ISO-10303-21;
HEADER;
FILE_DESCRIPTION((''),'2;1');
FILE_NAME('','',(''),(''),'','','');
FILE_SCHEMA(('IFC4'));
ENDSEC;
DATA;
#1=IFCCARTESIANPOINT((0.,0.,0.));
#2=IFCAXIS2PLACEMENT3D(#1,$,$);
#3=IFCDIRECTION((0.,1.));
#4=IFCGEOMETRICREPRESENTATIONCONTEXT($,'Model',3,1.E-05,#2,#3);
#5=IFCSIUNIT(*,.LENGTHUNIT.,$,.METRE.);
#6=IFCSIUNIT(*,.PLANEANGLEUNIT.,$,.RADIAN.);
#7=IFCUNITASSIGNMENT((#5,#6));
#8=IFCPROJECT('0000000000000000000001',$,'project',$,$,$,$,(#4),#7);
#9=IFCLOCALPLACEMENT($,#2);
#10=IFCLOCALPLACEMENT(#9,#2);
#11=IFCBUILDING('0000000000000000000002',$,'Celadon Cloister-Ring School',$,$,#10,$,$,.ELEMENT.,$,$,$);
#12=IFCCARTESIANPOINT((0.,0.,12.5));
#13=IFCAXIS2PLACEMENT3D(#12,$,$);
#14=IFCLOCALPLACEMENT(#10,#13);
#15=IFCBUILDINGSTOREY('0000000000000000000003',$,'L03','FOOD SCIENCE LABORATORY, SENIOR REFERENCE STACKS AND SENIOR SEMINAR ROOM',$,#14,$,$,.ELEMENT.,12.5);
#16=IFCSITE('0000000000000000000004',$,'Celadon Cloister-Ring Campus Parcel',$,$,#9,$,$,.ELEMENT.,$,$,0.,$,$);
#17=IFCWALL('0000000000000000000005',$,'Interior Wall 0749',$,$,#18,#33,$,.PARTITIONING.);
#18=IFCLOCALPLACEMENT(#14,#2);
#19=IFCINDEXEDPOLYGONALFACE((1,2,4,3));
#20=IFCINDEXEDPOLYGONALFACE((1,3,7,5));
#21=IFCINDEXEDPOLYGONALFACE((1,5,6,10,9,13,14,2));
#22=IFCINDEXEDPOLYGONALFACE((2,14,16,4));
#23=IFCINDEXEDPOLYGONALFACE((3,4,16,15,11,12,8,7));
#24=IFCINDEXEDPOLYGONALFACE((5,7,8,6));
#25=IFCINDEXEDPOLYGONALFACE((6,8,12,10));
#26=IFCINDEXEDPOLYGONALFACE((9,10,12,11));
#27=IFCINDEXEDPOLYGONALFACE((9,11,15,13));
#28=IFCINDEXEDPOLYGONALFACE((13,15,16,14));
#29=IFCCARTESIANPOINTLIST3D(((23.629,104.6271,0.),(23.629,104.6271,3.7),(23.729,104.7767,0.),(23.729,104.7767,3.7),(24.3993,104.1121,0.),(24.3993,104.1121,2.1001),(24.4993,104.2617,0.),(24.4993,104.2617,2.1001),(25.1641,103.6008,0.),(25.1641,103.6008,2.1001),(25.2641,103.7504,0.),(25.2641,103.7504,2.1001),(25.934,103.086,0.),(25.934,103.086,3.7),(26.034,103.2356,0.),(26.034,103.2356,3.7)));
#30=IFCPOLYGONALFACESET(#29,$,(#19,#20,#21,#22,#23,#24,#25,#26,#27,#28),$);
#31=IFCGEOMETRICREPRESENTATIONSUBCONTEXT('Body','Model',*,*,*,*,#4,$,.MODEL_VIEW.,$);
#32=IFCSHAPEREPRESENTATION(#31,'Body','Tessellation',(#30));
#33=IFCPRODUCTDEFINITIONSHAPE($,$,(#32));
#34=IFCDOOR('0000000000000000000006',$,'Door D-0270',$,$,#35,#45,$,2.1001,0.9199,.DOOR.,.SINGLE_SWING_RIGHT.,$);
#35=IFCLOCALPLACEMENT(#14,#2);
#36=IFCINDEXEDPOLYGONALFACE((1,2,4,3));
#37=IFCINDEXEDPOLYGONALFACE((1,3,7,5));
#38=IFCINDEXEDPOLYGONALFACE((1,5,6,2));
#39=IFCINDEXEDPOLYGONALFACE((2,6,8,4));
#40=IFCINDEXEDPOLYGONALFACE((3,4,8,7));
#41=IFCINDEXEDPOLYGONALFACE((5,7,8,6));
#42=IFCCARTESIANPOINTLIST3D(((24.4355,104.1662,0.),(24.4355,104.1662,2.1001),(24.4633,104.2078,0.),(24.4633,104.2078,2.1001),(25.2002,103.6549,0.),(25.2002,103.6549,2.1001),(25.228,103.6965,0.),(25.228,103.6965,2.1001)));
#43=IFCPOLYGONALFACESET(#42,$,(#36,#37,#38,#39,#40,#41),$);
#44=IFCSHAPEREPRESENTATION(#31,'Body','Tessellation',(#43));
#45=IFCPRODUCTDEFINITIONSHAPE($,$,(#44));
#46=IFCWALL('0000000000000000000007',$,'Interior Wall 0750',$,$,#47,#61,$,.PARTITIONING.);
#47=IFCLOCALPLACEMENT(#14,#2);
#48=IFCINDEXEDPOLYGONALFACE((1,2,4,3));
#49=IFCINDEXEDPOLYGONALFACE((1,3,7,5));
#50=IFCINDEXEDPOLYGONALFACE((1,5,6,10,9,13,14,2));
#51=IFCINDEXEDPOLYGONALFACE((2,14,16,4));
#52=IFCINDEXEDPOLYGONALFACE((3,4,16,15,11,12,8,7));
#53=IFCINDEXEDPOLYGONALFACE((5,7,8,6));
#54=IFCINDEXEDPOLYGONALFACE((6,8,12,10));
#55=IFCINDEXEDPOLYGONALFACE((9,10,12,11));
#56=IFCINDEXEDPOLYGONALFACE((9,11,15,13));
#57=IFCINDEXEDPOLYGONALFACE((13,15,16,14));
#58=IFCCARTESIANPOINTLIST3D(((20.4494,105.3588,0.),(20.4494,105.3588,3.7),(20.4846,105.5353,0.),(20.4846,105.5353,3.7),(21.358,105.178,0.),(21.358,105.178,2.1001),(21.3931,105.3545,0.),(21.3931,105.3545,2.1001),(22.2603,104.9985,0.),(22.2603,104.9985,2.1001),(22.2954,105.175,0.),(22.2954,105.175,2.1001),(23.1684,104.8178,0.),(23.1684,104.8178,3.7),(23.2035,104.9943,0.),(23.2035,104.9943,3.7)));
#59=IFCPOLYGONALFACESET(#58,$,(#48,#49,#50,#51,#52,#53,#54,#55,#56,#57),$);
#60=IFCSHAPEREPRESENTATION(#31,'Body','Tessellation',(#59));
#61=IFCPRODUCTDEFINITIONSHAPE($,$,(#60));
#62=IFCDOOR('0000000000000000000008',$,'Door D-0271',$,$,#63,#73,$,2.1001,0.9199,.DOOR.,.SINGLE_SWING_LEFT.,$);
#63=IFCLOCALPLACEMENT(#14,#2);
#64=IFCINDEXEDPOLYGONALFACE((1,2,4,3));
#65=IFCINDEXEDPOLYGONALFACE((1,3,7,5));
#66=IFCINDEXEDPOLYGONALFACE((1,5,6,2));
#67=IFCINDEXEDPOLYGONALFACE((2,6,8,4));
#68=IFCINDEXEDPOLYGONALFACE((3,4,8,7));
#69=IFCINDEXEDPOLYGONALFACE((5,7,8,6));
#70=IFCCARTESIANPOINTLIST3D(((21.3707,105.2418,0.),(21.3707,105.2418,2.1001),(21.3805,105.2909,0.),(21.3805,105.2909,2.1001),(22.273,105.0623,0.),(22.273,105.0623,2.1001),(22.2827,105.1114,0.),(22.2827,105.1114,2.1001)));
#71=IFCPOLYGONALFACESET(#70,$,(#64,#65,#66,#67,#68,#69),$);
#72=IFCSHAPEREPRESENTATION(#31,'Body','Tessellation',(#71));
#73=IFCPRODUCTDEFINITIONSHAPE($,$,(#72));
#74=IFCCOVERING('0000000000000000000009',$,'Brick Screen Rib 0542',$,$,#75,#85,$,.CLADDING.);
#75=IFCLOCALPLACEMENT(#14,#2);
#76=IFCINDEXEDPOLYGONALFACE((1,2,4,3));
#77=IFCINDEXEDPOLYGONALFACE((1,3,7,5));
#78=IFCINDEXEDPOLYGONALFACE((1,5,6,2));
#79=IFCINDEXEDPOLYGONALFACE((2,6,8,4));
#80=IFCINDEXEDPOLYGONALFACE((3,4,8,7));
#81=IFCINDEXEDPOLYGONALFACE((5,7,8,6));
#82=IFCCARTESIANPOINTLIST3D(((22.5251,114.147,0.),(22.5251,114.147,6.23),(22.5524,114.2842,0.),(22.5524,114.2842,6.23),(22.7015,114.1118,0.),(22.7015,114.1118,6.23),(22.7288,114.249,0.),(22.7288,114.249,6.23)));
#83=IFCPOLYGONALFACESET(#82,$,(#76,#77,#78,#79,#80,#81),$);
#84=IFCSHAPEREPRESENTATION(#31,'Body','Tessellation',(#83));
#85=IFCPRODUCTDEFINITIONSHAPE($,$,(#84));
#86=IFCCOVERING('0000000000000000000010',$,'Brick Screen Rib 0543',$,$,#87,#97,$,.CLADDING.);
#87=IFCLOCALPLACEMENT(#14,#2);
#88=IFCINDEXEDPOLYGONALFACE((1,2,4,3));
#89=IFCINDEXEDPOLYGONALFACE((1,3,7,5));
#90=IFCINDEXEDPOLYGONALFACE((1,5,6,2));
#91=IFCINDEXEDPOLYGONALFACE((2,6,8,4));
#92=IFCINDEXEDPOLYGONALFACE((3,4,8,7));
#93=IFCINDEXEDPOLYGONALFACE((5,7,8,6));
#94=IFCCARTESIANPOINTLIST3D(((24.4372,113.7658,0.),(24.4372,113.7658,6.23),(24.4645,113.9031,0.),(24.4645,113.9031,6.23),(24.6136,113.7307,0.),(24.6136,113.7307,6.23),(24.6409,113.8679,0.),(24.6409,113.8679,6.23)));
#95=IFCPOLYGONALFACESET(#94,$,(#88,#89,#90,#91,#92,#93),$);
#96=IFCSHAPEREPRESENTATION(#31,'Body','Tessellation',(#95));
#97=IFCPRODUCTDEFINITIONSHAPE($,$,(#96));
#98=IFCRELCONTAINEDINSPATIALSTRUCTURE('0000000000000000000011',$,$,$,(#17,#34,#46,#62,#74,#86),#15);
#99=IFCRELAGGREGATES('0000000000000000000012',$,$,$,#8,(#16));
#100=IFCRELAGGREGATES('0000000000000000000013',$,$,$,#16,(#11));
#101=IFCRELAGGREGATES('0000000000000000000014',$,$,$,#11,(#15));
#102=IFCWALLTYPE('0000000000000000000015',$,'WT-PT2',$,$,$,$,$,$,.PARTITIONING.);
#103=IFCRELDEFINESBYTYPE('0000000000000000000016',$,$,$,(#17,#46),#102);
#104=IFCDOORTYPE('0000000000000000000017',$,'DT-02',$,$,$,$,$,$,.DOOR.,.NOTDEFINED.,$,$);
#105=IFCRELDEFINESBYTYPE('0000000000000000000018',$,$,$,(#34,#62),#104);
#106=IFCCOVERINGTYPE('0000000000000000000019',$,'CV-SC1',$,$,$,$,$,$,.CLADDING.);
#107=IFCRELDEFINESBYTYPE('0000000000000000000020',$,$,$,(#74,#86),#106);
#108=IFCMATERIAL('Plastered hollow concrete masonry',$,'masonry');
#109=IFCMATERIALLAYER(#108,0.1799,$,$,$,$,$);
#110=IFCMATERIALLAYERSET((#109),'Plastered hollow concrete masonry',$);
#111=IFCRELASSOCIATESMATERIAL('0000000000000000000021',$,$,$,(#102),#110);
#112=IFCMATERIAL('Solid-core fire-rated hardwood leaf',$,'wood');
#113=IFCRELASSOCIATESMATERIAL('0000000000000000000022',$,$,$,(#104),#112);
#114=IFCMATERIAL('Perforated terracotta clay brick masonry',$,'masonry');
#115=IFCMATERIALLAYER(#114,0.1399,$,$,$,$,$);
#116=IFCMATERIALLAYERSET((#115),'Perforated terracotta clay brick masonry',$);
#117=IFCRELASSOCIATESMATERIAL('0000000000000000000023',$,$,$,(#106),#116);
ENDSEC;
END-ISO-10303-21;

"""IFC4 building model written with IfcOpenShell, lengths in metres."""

from ifc_helpers import new_model, si_unit, direction, frame, frame_2d, origin, origin_2d, place, context, subcontext, project, spatial, rectangle, extrude, material, layer, layer_set, type_object, element, fill, save


model = new_model("IFC4")

# Units and contexts
model_context = context("Model", 3, precision=1e-05, world=origin(), true_north=direction((0.0, 1.0)))
body_context = subcontext(model_context, "Body", "Model", "MODEL_VIEW")
ifc_project = project(units=[si_unit("LENGTHUNIT", "METRE"), si_unit("PLANEANGLEUNIT", "RADIAN")], contexts=[model_context])

# Site, building, storey
site_placement = place(None, origin())
site = spatial("IfcSite", under=ifc_project, at=site_placement, Name="Celadon Cloister-Ring Campus Parcel", CompositionType="ELEMENT", RefElevation=0.0)
building_placement = place(site_placement, origin())
building = spatial("IfcBuilding", under=site, at=building_placement, Name="Celadon Cloister-Ring School", CompositionType="ELEMENT")
storey_placement = place(building_placement, frame((0.0, 0.0, 12.5)))
storey = spatial("IfcBuildingStorey", under=building, at=storey_placement, Name="L03", Description="FOOD SCIENCE LABORATORY, SENIOR REFERENCE STACKS AND SENIOR SEMINAR ROOM", CompositionType="ELEMENT", Elevation=12.5)

# Walls, openings, doors
ifc_material_1 = material(Name="Plastered hollow concrete masonry", Category="masonry")
ifc_layer_1 = layer(ifc_material_1, 0.1799)
ifc_layer_set_1 = layer_set([ifc_layer_1], Name="Plastered hollow concrete masonry")
wall_type_1 = type_object("IfcWallType", Name="WT-PT2", PredefinedType="PARTITIONING", material=ifc_layer_set_1)
wall_1_placement = place(storey_placement, frame((25.9839, 103.1609, 0.0), z_axis=(0.0, 0.0, 1.0), x_axis=(-0.831318, 0.555797, 0.0)))
wall_1 = element("IfcWall", 1, at=wall_1_placement, inside=storey, type_object=wall_type_1, Name="Interior Wall 0749", PredefinedType="PARTITIONING", context=body_context, shape_type="SweptSolid", body=[
    extrude(rectangle(XDim=2.7727, YDim=0.1799, at=frame_2d((1.3862, 0.0))), origin(), (0.0, 0.0, 1.0), 3.7),
])
opening_1_placement = place(wall_1_placement, frame((0.926, 0.0, 0.0)))
opening_1 = element("IfcOpeningElement", 2, at=opening_1_placement, cuts=wall_1, PredefinedType="OPENING", context=body_context, shape_type="SweptSolid", body=[
    extrude(rectangle(XDim=0.9199, YDim=2.1001, at=frame_2d((0.46, 1.05))), frame((0.0, 0.1001, 0.0), z_axis=(0.0, -1.0, 0.0), x_axis=(1.0, 0.0, 0.0)), (0.0, 0.0, 1.0), 0.2),
])
ifc_material_2 = material(Name="Solid-core fire-rated hardwood leaf", Category="wood")
door_type = type_object("IfcDoorType", Name="DT-02", OperationType="NOTDEFINED", PredefinedType="DOOR", material=ifc_material_2)
door_1_placement = place(opening_1_placement, origin())
door_1 = element("IfcDoor", 3, at=door_1_placement, inside=storey, type_object=door_type, Name="Door D-0270", OperationType="SINGLE_SWING_RIGHT", OverallHeight=2.1001, OverallWidth=0.9199, PredefinedType="DOOR", context=body_context, shape_type="SweptSolid", body=[
    extrude(rectangle(XDim=0.9199, YDim=2.1001, at=frame_2d((0.46, 1.05))), frame((0.0, 0.0249, 0.0), z_axis=(0.0, -1.0, 0.0), x_axis=(1.0, 0.0, 0.0)), (0.0, 0.0, 1.0), 0.05),
])
fill(opening_1, door_1)
wall_2_placement = place(storey_placement, frame((23.186, 104.906, 0.0), z_axis=(0.0, 0.0, 1.0), x_axis=(-0.980773, 0.195151, 0.0)))
wall_2 = element("IfcWall", 4, at=wall_2_placement, inside=storey, type_object=wall_type_1, Name="Interior Wall 0750", PredefinedType="PARTITIONING", context=body_context, shape_type="SweptSolid", body=[
    extrude(rectangle(XDim=2.7722, YDim=0.1799, at=frame_2d((1.3862, 0.0))), origin(), (0.0, 0.0, 1.0), 3.7),
])
opening_2_placement = place(wall_2_placement, frame((0.926, 0.0, 0.0)))
opening_2 = element("IfcOpeningElement", 5, at=opening_2_placement, cuts=wall_2, PredefinedType="OPENING", context=body_context, shape_type="SweptSolid", body=[
    extrude(rectangle(XDim=0.9199, YDim=2.1001, at=frame_2d((0.46, 1.05))), frame((0.0, 0.1001, 0.0), z_axis=(0.0, -1.0, 0.0), x_axis=(1.0, 0.0, 0.0)), (0.0, 0.0, 1.0), 0.2),
])
door_2_placement = place(opening_2_placement, origin())
door_2 = element("IfcDoor", 6, at=door_2_placement, inside=storey, type_object=door_type, Name="Door D-0271", OperationType="SINGLE_SWING_LEFT", OverallHeight=2.1001, OverallWidth=0.9199, PredefinedType="DOOR", context=body_context, shape_type="SweptSolid", body=[
    extrude(rectangle(XDim=0.9199, YDim=2.1001, at=frame_2d((0.46, 1.05))), frame((0.0, 0.0249, 0.0), z_axis=(0.0, -1.0, 0.0), x_axis=(1.0, 0.0, 0.0)), (0.0, 0.0, 1.0), 0.05),
])
fill(opening_2, door_2)

# Coverings
ifc_material_3 = material(Name="Perforated terracotta clay brick masonry", Category="masonry")
ifc_layer_2 = layer(ifc_material_3, 0.1399)
ifc_layer_set_2 = layer_set([ifc_layer_2], Name="Perforated terracotta clay brick masonry")
covering_type = type_object("IfcCoveringType", Name="CV-SC1", PredefinedType="CLADDING", material=ifc_layer_set_2)
for number, where, z_axis, x_axis, name in (
    (7, (22.627, 114.198, 0.0), (0.0, 0.0, 1.0), (0.980775, -0.195142, 0.0), "Brick Screen Rib 0542"),
    (8, (24.5391, 113.8169, 0.0), (0.0, 0.0, 1.0), (0.980775, -0.195142, 0.0), "Brick Screen Rib 0543"),
):
    element("IfcCovering", number, at=place(storey_placement, frame(where, z_axis=z_axis, x_axis=x_axis)), inside=storey, type_object=covering_type, Name=name, PredefinedType="CLADDING", context=body_context, shape_type="SweptSolid", body=[
        extrude(rectangle(XDim=0.1799, YDim=0.1399, at=origin_2d()), origin(), (0.0, 0.0, 1.0), 6.23),
    ])

save(model, "model.ifc")
